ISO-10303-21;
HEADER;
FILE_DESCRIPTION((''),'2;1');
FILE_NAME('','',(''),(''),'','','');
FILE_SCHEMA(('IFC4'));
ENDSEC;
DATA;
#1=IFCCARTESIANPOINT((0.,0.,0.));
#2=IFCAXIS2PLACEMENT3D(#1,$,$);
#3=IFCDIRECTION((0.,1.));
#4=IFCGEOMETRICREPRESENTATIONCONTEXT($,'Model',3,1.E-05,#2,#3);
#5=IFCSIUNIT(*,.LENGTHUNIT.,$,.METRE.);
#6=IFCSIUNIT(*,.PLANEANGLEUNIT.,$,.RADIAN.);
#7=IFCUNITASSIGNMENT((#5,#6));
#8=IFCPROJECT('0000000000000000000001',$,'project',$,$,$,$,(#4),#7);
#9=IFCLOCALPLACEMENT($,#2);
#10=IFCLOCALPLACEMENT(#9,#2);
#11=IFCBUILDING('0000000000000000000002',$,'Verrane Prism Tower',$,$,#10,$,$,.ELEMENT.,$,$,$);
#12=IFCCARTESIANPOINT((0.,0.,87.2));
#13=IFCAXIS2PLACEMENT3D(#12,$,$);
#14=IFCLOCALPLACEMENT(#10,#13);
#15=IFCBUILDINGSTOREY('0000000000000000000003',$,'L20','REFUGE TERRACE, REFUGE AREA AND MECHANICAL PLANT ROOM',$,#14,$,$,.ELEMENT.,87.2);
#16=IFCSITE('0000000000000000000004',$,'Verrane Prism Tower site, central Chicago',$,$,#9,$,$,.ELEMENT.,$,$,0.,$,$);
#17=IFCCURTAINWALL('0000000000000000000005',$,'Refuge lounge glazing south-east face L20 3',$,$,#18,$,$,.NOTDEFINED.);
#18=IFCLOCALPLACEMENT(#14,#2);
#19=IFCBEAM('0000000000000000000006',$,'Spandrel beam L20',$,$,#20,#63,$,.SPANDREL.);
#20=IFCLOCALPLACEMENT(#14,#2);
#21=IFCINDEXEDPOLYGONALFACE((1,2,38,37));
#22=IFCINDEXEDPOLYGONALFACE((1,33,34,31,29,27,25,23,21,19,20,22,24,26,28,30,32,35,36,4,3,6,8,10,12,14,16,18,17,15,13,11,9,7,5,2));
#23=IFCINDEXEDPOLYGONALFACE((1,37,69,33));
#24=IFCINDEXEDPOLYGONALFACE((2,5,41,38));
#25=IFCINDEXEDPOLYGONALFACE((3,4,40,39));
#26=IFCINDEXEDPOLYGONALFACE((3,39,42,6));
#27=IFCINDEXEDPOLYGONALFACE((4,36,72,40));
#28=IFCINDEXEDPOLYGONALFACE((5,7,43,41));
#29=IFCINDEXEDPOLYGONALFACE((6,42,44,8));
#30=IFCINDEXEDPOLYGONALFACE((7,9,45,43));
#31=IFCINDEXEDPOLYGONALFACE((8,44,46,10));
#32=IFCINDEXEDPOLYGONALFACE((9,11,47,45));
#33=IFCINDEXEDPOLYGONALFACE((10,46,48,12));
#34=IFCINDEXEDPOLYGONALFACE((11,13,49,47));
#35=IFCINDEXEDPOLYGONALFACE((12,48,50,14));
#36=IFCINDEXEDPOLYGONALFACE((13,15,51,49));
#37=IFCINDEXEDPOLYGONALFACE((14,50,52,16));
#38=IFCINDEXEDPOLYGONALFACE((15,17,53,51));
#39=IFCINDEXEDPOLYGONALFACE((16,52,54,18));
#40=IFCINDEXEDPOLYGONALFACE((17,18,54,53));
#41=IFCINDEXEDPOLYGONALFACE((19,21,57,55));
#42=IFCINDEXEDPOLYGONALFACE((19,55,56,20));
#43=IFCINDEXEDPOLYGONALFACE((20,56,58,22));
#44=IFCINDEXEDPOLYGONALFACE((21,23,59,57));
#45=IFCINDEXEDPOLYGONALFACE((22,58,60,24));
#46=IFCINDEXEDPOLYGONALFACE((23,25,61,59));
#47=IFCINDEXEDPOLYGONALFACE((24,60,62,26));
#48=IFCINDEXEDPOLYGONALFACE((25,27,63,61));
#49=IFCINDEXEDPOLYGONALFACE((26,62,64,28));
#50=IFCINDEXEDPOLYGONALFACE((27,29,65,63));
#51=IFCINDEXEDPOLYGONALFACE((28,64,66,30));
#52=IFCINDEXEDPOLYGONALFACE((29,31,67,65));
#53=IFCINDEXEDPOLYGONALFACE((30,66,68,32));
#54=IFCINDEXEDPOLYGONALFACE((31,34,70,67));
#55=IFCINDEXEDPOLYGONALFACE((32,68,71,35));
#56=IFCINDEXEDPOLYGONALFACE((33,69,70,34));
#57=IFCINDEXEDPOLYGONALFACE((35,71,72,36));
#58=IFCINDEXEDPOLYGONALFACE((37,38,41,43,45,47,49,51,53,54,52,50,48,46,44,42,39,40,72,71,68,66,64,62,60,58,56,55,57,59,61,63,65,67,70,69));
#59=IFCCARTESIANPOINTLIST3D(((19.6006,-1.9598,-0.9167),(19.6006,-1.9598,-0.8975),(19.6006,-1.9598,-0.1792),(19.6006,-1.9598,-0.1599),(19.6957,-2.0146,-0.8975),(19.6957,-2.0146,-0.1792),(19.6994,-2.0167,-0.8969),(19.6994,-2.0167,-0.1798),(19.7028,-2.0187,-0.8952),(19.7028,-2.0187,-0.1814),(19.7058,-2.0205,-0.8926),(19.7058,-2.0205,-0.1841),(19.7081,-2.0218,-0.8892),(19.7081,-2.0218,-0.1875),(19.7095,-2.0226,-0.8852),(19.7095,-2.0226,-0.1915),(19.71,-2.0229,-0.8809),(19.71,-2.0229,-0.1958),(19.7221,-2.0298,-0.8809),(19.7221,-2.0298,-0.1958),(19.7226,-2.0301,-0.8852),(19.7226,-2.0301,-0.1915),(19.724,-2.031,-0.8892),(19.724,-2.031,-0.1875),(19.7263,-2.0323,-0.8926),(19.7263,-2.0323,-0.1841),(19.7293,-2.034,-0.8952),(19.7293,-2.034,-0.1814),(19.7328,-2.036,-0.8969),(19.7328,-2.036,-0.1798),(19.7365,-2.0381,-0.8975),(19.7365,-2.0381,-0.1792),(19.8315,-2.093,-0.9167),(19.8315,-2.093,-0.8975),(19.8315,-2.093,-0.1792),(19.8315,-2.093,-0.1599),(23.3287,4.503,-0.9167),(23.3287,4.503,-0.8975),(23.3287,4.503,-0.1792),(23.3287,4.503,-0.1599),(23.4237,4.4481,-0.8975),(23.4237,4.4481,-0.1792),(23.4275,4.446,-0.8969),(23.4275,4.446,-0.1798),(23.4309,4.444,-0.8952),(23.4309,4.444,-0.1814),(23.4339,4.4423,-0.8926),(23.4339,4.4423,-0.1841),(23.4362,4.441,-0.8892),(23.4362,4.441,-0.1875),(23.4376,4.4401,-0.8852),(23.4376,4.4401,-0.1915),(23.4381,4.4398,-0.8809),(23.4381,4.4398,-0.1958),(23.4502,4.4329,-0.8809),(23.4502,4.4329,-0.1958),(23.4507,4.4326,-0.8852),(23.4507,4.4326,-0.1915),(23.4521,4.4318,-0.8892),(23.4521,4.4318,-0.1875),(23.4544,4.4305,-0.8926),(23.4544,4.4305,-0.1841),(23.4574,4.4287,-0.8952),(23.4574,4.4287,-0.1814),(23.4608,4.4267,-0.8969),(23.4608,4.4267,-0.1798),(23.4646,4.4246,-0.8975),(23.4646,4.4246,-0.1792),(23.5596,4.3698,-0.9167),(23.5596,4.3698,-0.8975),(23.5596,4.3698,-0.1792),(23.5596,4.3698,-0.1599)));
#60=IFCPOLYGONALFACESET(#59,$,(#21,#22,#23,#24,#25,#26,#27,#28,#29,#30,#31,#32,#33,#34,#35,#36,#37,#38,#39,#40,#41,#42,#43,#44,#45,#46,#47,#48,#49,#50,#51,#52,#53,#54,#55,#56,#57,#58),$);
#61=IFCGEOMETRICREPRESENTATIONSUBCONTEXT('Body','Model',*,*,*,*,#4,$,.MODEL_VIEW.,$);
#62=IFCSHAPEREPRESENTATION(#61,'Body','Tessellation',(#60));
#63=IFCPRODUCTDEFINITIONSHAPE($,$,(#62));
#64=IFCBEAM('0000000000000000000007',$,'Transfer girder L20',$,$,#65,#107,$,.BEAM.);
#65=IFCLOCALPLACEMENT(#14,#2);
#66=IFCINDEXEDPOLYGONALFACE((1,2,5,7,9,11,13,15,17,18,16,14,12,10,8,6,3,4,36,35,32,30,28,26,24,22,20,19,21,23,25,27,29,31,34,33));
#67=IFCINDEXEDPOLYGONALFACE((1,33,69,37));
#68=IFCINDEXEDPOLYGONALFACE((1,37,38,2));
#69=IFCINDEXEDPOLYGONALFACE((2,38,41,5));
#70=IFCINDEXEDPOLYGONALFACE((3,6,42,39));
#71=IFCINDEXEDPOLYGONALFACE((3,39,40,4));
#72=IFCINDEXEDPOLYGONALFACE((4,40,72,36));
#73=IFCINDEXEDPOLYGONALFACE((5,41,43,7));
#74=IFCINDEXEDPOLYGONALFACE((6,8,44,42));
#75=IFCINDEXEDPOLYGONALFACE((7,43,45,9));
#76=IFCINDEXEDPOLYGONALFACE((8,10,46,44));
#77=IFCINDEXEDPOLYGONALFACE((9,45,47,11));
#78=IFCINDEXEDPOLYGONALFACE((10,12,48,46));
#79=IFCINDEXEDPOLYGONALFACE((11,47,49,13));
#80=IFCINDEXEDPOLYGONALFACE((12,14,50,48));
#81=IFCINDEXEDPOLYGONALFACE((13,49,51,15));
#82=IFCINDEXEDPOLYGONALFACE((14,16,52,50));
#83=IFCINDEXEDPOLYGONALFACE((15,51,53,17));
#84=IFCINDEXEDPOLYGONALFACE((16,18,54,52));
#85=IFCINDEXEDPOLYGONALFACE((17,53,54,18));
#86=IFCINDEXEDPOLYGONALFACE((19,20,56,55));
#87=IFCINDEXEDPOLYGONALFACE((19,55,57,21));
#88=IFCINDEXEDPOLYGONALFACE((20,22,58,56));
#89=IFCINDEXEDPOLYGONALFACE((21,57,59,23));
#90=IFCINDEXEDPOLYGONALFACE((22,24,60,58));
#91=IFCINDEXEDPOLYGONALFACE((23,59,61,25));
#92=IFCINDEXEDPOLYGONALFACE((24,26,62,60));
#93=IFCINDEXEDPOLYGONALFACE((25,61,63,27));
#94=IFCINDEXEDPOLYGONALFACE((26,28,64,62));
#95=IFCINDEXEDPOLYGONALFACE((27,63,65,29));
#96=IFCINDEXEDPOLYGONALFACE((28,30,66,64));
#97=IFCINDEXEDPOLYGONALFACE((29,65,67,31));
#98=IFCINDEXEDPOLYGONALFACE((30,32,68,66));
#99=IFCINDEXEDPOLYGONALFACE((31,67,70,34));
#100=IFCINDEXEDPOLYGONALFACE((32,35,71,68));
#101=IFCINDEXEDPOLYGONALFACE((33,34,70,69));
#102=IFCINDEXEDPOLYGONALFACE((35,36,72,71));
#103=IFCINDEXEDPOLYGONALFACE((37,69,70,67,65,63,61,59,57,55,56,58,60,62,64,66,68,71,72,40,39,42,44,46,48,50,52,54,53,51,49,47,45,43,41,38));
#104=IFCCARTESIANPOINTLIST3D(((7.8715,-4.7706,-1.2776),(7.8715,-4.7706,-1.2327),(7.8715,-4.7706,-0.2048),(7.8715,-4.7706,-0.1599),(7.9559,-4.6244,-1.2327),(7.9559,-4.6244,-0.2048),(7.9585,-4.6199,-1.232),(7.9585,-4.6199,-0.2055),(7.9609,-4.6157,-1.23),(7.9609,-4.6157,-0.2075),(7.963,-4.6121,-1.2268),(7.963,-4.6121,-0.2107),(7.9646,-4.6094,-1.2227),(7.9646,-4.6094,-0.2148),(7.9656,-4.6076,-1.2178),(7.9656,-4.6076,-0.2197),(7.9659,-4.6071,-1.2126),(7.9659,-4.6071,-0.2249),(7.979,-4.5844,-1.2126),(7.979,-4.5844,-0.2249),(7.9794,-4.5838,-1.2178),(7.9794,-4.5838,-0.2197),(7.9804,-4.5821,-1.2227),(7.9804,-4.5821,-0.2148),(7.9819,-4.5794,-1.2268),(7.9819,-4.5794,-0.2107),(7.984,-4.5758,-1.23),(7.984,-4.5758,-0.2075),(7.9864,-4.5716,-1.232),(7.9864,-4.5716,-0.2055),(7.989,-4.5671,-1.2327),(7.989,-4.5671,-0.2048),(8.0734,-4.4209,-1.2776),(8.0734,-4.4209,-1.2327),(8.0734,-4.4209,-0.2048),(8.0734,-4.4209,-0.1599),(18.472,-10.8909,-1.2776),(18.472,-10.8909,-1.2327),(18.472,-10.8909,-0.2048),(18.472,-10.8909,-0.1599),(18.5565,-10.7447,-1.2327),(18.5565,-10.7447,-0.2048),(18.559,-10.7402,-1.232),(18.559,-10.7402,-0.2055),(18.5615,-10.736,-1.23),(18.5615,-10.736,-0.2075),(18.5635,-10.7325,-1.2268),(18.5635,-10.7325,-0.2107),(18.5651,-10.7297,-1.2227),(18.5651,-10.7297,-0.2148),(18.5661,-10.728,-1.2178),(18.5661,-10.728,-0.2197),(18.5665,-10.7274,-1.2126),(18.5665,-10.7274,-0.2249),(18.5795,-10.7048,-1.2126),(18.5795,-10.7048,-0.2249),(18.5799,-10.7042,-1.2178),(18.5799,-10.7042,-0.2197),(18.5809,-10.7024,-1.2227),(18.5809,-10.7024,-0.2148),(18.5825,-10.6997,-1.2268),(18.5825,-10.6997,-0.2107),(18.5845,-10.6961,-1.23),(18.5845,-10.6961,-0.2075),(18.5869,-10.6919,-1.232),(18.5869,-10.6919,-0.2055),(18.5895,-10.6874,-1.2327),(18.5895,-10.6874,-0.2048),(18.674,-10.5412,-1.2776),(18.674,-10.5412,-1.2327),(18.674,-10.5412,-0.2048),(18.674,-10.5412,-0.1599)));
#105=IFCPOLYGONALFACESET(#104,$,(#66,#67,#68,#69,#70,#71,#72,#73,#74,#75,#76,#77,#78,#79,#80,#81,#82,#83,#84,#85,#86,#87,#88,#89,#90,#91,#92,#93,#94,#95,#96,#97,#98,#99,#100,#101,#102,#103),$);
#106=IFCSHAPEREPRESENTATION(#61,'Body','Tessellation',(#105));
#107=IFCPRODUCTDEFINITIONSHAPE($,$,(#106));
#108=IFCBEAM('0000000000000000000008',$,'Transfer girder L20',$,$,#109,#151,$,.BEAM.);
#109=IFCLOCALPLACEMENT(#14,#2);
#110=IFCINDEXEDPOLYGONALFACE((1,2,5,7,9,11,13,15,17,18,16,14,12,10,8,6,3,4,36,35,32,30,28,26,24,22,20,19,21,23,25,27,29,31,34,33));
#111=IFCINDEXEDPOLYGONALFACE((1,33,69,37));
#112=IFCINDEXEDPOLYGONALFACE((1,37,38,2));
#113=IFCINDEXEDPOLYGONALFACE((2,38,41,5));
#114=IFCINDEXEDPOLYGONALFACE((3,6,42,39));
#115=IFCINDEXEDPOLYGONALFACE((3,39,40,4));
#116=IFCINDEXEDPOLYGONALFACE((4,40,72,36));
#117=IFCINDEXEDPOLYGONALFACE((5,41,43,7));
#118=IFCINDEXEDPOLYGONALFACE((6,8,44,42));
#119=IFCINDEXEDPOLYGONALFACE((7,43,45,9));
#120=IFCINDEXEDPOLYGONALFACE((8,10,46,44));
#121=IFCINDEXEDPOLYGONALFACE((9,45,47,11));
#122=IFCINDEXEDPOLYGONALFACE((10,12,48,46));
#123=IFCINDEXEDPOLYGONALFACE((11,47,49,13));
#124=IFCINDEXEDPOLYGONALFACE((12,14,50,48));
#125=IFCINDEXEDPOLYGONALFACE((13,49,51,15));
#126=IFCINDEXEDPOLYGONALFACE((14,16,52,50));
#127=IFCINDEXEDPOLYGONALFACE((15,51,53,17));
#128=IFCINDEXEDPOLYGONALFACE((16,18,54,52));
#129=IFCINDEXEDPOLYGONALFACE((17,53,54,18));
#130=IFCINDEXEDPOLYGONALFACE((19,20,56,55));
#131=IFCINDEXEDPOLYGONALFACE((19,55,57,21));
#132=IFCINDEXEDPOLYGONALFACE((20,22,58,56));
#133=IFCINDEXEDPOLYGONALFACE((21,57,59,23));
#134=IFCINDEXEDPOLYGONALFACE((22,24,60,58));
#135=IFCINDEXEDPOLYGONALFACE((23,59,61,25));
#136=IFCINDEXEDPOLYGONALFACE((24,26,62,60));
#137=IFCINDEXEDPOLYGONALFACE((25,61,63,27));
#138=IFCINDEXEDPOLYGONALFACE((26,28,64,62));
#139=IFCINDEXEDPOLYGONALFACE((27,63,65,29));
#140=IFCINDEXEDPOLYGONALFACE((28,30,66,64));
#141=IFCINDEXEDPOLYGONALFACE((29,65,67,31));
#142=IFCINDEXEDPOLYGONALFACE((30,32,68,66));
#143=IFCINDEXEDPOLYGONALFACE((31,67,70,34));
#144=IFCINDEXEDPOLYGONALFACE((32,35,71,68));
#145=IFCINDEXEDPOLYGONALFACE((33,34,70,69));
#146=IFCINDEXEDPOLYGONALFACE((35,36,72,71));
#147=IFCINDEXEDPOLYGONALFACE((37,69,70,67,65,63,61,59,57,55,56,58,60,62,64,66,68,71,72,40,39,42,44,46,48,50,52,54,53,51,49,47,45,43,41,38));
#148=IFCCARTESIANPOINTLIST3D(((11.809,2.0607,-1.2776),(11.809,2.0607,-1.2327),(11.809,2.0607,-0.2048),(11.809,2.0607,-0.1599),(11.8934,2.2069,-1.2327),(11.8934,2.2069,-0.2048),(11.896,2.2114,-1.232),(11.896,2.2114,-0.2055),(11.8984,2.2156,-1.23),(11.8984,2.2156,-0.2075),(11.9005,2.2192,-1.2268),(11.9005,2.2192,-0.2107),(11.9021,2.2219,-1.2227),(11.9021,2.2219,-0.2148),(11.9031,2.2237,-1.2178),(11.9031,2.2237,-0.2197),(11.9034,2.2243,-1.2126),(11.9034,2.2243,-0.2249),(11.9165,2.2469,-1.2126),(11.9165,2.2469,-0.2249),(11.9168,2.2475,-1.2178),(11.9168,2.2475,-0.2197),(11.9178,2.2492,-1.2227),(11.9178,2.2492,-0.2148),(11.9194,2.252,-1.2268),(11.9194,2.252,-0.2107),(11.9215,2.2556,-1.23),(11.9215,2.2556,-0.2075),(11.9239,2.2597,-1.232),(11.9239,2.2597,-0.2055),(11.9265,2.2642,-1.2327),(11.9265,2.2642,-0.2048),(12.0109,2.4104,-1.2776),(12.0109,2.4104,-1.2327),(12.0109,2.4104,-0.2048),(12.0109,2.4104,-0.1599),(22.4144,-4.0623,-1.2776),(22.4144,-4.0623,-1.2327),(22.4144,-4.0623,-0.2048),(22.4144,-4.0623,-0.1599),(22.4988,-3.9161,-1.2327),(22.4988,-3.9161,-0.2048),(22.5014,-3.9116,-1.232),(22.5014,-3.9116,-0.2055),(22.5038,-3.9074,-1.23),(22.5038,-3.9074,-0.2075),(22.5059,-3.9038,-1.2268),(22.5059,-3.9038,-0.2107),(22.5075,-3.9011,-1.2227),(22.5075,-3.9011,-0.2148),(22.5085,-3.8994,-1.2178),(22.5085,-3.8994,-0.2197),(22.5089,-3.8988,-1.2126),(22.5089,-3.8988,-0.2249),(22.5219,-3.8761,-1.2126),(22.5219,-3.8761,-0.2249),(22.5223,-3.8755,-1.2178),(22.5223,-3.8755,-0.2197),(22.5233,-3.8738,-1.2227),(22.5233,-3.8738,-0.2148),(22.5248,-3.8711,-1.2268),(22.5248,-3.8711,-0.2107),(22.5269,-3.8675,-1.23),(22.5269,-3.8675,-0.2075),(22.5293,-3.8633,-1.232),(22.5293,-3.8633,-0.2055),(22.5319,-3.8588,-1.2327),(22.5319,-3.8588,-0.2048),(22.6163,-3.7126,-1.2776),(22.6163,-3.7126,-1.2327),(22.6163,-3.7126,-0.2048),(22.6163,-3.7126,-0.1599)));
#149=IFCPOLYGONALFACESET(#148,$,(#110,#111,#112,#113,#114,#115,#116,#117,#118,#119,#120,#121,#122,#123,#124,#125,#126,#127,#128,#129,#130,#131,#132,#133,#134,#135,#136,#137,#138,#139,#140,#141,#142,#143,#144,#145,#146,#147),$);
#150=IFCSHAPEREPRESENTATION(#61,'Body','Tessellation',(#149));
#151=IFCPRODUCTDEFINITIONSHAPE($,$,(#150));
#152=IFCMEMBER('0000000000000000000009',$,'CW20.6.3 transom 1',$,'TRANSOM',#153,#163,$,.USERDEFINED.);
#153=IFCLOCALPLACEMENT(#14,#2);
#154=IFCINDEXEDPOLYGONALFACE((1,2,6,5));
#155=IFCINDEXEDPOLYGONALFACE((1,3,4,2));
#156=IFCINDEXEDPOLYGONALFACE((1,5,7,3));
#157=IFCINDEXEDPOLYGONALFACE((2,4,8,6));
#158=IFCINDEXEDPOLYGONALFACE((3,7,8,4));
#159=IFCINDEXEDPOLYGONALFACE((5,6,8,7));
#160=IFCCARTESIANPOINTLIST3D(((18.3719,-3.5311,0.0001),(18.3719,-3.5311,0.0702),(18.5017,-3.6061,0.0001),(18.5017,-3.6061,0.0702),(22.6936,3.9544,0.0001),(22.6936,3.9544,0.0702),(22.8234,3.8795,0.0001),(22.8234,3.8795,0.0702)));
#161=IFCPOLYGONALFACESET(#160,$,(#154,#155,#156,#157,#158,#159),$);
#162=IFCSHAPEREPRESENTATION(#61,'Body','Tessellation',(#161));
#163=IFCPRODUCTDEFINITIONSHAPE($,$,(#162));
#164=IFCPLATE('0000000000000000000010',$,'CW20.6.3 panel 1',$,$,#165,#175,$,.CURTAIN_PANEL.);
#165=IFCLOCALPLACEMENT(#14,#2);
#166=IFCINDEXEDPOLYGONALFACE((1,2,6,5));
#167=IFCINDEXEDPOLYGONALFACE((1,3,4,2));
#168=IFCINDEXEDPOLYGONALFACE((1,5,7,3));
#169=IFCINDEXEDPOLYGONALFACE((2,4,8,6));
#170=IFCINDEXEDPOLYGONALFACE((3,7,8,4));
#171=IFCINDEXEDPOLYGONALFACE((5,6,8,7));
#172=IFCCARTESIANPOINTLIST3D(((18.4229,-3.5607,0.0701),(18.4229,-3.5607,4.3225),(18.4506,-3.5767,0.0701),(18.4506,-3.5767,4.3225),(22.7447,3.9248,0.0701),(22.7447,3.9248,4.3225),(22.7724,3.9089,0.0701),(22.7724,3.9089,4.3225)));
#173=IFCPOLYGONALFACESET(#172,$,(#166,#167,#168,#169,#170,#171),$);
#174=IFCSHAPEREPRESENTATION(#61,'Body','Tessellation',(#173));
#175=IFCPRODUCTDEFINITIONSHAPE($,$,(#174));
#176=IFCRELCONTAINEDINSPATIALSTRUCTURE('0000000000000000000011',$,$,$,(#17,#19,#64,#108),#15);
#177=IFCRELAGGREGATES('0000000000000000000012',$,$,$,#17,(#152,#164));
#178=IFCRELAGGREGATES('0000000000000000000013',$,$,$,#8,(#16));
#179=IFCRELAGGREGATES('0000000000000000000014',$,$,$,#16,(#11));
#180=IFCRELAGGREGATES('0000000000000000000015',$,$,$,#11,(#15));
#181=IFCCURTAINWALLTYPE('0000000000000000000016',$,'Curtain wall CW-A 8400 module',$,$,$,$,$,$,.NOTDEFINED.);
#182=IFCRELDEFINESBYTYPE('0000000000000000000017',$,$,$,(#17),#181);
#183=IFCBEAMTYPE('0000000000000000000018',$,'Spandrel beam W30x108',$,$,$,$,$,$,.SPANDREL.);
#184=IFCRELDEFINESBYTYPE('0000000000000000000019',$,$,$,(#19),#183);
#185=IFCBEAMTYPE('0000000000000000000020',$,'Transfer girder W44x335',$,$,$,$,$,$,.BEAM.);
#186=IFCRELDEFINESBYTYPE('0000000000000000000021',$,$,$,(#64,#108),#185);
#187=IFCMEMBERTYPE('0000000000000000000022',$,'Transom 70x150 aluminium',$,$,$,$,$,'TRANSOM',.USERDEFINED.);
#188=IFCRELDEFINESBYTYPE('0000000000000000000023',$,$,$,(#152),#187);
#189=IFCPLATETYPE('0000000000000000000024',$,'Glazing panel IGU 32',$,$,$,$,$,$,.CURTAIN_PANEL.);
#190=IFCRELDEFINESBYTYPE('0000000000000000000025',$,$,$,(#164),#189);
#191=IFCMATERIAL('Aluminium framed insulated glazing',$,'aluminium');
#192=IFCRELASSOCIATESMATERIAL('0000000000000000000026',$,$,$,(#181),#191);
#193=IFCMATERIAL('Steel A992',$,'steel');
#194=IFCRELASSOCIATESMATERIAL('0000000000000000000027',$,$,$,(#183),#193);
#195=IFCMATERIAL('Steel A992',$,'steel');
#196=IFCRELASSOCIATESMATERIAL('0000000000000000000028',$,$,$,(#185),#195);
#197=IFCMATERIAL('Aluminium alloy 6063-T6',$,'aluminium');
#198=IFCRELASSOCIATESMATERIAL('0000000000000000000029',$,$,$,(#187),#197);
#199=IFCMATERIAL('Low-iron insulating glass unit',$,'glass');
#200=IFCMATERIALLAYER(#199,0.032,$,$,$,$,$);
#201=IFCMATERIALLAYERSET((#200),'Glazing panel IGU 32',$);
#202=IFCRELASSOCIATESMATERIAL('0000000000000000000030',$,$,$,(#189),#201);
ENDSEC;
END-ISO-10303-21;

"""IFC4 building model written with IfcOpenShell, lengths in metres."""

from ifc_helpers import new_model, si_unit, direction, frame, origin, origin_2d, place, context, subcontext, project, spatial, rectangle, i_section, extrude, material, layer, layer_set, material_profile, profile_set, type_object, element, aggregate, save


model = new_model("IFC4")

# Units and contexts
model_context = context("Model", 3, precision=1e-05, world=origin(), true_north=direction((0.0, 1.0)))
body_context = subcontext(model_context, "Body", "Model", "MODEL_VIEW")
ifc_project = project(units=[si_unit("LENGTHUNIT", "METRE"), si_unit("PLANEANGLEUNIT", "RADIAN")], contexts=[model_context])

# Site, building, storey
site_placement = place(None, origin())
site = spatial("IfcSite", under=ifc_project, at=site_placement, Name="Verrane Prism Tower site, central Chicago", CompositionType="ELEMENT", RefElevation=0.0)
building_placement = place(site_placement, origin())
building = spatial("IfcBuilding", under=site, at=building_placement, Name="Verrane Prism Tower", CompositionType="ELEMENT")
storey_placement = place(building_placement, frame((0.0, 0.0, 87.2)))
storey = spatial("IfcBuildingStorey", under=building, at=storey_placement, Name="L20", Description="REFUGE TERRACE, REFUGE AREA AND MECHANICAL PLANT ROOM", CompositionType="ELEMENT", Elevation=87.2)

# Curtain wall
ifc_material_1 = material(Name="Aluminium framed insulated glazing", Category="aluminium")
curtain_wall_type = type_object("IfcCurtainWallType", Name="Curtain wall CW-A 8400 module", PredefinedType="NOTDEFINED", material=ifc_material_1)
curtain_wall_placement = place(storey_placement, origin())
curtain_wall = element("IfcCurtainWall", 1, at=curtain_wall_placement, inside=storey, type_object=curtain_wall_type, Name="Refuge lounge glazing south-east face L20 3", PredefinedType="NOTDEFINED")

# Beams
ifc_material_2 = material(Name="Steel A992", Category="steel")
ifc_material_profile_1 = material_profile(ifc_material_2, i_section(OverallWidth=0.2666, OverallDepth=0.7568, WebThickness=0.0139, FlangeThickness=0.0193, FilletRadius=0.0166, at=origin_2d()), Name="W30x108")
ifc_profile_set_1 = profile_set([ifc_material_profile_1], Name="Steel A992")
beam_type_1 = type_object("IfcBeamType", Name="Spandrel beam W30x108", PredefinedType="SPANDREL", material=ifc_profile_set_1)
beam_1_placement = place(storey_placement, frame((19.7161, -2.0264, -0.5383), z_axis=(0.49968, 0.86621, 0.0), x_axis=(-0.86621, 0.49968, 0.0)))
element("IfcBeam", 2, at=beam_1_placement, inside=storey, type_object=beam_type_1, Name="Spandrel beam L20", PredefinedType="SPANDREL", context=body_context, shape_type="SweptSolid", body=[
    extrude(i_section(OverallWidth=0.2666, OverallDepth=0.7568, WebThickness=0.0139, FlangeThickness=0.0193, FilletRadius=0.0166, at=origin_2d()), origin(), (0.0, 0.0, 1.0), 7.4609),
])
ifc_material_3 = material(Name="Steel A992", Category="steel")
ifc_material_profile_2 = material_profile(ifc_material_3, i_section(OverallWidth=0.4038, OverallDepth=1.1177, WebThickness=0.0261, FlangeThickness=0.0449, FilletRadius=0.02, at=origin_2d()), Name="W44x335")
ifc_profile_set_2 = profile_set([ifc_material_profile_2], Name="Steel A992")
beam_type_2 = type_object("IfcBeamType", Name="Transfer girder W44x335", PredefinedType="BEAM", material=ifc_profile_set_2)
beam_2_placement = place(storey_placement, frame((18.573, -10.7161, -0.7188), z_axis=(-0.866022, 0.500007, 0.0), x_axis=(-0.500007, -0.866022, 0.0)))
element("IfcBeam", 3, at=beam_2_placement, inside=storey, type_object=beam_type_2, Name="Transfer girder L20", PredefinedType="BEAM", context=body_context, shape_type="SweptSolid", body=[
    extrude(i_section(OverallWidth=0.4038, OverallDepth=1.1177, WebThickness=0.0261, FlangeThickness=0.0449, FilletRadius=0.02, at=origin_2d()), origin(), (0.0, 0.0, 1.0), 12.2405),
])
beam_3_placement = place(storey_placement, frame((22.5154, -3.8875, -0.7188), z_axis=(-0.866026, 0.499999, 0.0), x_axis=(-0.499999, -0.866026, 0.0)))
element("IfcBeam", 4, at=beam_3_placement, inside=storey, type_object=beam_type_2, Name="Transfer girder L20", PredefinedType="BEAM", context=body_context, shape_type="SweptSolid", body=[
    extrude(i_section(OverallWidth=0.4038, OverallDepth=1.1177, WebThickness=0.0261, FlangeThickness=0.0449, FilletRadius=0.02, at=origin_2d()), origin(), (0.0, 0.0, 1.0), 12.2461),
])

# Member
ifc_material_4 = material(Name="Aluminium alloy 6063-T6", Category="aluminium")
ifc_material_profile_3 = material_profile(ifc_material_4, rectangle(XDim=0.1499, YDim=0.0701, at=origin_2d()), Name="Transom 70x150 aluminium")
ifc_profile_set_3 = profile_set([ifc_material_profile_3], Name="Aluminium alloy 6063-T6")
member_type_1 = type_object("IfcMemberType", Name="Transom 70x150 aluminium", ElementType="TRANSOM", PredefinedType="USERDEFINED", material=ifc_profile_set_3)
member_1_placement = place(storey_placement, frame((18.4368, -3.5686, 0.0352), z_axis=(0.499997, 0.866027, 0.0), x_axis=(-0.866027, 0.499997, 0.0)))
member_1 = element("IfcMember", 5, at=member_1_placement, type_object=member_type_1, Name="CW20.6.3 transom 1", ObjectType="TRANSOM", PredefinedType="USERDEFINED", context=body_context, shape_type="SweptSolid", body=[
    extrude(rectangle(XDim=0.1499, YDim=0.0701, at=origin_2d()), origin(), (0.0, 0.0, 1.0), 8.6436),
])

# Plate
ifc_material_5 = material(Name="Low-iron insulating glass unit", Category="glass")
ifc_layer = layer(ifc_material_5, 0.032)
ifc_layer_set = layer_set([ifc_layer], Name="Glazing panel IGU 32")
plate_type = type_object("IfcPlateType", Name="Glazing panel IGU 32", PredefinedType="CURTAIN_PANEL", material=ifc_layer_set)
plate_placement = place(storey_placement, frame((20.5977, 0.1741, 0.0701), z_axis=(0.0, 0.0, 1.0), x_axis=(0.499998, 0.866027, 0.0)))
plate = element("IfcPlate", 6, at=plate_placement, type_object=plate_type, Name="CW20.6.3 panel 1", PredefinedType="CURTAIN_PANEL", context=body_context, shape_type="SweptSolid", body=[
    extrude(rectangle(XDim=8.6436, YDim=0.032, at=origin_2d()), origin(), (0.0, 0.0, 1.0), 4.2524),
])
aggregate(curtain_wall, [member_1, plate])

save(model, "model.ifc")
